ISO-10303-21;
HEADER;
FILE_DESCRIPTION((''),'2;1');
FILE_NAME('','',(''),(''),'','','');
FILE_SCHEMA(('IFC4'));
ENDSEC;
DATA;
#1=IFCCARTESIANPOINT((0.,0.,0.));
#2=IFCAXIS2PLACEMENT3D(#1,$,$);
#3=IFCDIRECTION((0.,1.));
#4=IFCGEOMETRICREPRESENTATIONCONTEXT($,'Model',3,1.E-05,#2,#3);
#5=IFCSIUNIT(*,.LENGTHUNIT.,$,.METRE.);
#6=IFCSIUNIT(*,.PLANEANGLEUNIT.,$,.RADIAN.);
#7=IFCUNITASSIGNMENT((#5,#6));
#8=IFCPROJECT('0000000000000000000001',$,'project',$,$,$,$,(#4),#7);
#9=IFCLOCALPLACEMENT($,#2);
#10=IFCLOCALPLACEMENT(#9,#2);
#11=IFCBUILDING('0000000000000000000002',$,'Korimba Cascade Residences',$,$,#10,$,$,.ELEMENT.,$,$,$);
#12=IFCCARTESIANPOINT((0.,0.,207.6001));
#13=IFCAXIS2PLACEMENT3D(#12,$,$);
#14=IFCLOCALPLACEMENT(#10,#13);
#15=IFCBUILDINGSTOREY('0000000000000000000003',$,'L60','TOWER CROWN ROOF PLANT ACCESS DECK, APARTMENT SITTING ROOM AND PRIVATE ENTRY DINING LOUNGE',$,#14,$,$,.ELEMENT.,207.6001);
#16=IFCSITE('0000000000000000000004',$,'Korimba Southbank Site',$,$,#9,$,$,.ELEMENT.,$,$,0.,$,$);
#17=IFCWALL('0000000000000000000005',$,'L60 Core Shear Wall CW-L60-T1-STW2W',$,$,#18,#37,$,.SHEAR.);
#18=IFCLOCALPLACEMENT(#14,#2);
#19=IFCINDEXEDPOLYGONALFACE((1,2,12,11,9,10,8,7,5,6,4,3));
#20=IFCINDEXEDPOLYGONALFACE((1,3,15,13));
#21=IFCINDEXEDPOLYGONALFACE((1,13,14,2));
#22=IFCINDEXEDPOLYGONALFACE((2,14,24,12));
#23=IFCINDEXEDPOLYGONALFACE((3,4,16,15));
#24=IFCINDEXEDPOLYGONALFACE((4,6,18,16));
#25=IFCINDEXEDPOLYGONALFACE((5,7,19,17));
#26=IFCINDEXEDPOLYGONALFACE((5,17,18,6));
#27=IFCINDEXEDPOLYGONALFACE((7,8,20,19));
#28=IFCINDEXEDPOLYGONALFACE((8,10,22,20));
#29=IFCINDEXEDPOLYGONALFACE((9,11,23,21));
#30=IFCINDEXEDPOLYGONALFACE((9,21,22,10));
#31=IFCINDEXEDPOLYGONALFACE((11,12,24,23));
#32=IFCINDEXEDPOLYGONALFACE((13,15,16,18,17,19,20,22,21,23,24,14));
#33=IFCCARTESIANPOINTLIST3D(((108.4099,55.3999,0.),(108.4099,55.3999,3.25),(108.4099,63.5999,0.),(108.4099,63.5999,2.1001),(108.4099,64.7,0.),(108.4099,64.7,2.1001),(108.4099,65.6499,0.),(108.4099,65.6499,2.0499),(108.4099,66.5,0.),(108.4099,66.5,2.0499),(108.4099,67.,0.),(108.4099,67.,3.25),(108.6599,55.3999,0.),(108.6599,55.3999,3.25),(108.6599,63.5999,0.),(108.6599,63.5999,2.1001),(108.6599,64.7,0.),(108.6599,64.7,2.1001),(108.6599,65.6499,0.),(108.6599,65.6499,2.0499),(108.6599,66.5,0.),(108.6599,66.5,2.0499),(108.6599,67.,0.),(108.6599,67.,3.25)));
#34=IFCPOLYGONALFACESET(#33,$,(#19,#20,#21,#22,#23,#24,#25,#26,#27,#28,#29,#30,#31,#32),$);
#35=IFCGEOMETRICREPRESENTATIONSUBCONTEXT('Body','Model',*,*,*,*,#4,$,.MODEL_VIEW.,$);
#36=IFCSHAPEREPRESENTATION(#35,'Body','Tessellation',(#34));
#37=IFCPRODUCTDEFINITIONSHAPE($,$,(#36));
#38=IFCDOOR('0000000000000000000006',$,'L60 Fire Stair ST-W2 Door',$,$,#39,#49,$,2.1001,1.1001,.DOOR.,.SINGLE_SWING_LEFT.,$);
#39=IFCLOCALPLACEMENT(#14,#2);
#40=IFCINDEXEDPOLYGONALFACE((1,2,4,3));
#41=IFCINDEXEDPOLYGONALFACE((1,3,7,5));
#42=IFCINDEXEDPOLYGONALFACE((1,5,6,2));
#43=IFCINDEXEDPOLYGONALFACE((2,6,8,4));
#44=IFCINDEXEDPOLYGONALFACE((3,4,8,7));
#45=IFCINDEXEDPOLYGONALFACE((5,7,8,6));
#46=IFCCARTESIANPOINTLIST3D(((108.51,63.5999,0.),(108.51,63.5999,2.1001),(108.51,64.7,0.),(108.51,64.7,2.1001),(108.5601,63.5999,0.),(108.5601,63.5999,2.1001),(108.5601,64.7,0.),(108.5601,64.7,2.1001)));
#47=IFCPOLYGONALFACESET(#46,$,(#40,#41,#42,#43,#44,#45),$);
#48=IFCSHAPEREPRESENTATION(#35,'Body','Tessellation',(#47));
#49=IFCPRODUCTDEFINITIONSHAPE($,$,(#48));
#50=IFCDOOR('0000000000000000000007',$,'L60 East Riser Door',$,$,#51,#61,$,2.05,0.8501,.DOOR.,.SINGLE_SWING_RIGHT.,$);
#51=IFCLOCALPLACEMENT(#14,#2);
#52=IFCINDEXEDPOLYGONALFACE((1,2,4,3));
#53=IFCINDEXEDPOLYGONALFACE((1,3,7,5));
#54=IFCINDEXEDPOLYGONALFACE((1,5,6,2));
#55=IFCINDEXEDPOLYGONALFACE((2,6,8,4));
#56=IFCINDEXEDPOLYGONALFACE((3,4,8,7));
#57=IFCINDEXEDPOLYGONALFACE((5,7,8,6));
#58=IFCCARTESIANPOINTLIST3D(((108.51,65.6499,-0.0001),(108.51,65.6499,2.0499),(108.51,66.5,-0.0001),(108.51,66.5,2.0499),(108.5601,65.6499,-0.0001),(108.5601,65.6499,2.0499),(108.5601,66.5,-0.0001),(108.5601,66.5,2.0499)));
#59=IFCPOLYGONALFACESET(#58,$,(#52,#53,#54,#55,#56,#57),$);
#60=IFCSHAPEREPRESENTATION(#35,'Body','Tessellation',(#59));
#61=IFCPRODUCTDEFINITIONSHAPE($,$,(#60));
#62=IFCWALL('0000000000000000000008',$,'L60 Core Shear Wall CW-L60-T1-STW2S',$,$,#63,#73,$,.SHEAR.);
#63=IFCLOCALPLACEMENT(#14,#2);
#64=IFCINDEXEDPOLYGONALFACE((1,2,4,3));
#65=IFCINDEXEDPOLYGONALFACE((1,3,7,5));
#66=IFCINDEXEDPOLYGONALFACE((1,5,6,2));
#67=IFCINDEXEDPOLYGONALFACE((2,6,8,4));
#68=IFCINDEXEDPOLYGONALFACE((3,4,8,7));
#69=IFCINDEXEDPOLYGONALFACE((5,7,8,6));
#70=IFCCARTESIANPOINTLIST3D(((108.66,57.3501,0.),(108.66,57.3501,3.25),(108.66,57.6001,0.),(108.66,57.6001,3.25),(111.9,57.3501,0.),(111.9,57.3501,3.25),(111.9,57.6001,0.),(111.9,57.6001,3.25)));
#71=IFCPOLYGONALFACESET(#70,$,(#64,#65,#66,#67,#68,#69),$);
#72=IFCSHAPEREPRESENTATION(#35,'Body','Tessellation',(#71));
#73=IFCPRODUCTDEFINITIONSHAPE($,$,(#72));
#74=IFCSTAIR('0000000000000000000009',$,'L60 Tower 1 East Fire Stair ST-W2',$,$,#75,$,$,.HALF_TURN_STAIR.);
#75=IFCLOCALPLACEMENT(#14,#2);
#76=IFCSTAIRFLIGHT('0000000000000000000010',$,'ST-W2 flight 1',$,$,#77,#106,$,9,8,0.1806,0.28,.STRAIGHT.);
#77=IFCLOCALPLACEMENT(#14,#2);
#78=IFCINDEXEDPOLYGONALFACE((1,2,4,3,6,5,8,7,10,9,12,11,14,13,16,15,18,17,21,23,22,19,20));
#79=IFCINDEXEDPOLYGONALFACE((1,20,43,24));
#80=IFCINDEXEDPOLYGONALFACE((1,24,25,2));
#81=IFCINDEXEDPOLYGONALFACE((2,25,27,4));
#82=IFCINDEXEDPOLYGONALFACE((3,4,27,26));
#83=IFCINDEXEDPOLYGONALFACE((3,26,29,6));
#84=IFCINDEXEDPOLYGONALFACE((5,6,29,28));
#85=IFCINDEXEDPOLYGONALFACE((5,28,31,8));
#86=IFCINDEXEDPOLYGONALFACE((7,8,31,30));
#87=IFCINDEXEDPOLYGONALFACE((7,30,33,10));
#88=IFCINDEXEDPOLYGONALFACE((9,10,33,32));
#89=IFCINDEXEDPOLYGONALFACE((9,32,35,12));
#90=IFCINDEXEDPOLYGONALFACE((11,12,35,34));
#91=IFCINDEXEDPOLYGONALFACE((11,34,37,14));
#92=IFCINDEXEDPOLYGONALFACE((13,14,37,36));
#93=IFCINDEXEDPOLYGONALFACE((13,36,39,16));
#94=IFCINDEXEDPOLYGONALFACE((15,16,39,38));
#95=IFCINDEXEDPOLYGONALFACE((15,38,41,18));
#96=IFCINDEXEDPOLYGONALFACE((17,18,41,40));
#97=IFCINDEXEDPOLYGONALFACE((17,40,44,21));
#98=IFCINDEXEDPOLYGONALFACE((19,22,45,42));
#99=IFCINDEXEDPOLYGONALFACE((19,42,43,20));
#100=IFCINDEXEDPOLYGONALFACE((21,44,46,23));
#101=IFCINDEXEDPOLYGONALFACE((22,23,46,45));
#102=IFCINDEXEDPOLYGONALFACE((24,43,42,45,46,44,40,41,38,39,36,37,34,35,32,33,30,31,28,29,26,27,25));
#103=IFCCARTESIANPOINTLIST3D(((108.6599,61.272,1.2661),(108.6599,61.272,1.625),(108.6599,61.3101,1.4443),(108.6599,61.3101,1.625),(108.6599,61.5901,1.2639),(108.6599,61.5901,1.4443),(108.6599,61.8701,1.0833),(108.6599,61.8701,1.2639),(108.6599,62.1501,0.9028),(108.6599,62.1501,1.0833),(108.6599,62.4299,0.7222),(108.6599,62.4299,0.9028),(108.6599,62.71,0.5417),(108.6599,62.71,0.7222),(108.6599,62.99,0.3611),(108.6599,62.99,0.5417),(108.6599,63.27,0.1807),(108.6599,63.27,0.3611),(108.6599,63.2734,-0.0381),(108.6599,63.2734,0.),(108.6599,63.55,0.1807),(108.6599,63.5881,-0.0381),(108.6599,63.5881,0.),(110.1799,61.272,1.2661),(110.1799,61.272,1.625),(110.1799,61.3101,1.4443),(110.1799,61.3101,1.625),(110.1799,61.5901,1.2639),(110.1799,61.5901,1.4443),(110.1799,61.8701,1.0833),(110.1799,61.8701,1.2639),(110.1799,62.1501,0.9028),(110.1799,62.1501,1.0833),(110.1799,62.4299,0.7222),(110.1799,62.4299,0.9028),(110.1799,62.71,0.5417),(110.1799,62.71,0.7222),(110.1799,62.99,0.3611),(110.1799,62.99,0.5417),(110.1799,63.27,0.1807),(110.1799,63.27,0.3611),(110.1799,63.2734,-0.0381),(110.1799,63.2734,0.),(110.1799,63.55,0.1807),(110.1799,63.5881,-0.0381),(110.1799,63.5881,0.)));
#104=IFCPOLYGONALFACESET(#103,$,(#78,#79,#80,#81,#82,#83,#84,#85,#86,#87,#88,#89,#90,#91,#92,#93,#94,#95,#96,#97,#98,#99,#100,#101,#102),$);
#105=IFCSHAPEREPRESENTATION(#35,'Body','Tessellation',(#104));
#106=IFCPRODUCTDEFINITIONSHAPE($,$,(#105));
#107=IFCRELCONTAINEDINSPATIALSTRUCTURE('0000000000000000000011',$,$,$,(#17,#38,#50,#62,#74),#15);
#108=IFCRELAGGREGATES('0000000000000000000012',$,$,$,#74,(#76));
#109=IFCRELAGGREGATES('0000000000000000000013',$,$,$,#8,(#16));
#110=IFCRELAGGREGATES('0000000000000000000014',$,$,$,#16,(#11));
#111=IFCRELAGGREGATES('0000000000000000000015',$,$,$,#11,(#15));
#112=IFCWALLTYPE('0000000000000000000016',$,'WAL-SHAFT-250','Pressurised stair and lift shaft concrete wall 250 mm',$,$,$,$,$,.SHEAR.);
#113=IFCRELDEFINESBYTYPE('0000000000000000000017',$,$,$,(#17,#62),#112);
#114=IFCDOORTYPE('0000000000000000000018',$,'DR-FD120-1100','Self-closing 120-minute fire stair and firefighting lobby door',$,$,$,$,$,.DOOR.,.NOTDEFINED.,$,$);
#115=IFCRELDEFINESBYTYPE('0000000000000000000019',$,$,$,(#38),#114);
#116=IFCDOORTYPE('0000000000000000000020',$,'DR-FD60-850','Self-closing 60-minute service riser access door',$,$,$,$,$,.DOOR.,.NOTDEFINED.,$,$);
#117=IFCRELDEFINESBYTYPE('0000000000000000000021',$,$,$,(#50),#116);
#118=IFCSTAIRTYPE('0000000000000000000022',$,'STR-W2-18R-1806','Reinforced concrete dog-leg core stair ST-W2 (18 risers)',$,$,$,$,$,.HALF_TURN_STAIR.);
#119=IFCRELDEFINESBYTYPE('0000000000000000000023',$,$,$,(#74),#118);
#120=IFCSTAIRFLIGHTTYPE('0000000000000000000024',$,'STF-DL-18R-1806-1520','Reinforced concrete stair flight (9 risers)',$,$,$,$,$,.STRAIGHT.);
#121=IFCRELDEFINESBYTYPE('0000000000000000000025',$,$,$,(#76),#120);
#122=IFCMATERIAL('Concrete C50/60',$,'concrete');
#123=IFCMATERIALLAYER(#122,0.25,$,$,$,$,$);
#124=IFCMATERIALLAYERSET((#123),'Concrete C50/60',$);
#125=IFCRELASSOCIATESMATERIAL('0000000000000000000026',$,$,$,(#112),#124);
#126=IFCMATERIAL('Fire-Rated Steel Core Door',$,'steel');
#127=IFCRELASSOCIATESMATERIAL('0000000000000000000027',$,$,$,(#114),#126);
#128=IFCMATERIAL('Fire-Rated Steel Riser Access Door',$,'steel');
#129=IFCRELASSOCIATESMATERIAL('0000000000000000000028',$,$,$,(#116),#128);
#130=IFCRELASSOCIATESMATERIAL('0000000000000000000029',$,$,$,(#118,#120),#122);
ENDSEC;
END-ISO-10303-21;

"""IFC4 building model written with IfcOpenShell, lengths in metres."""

from ifc_helpers import new_model, si_unit, direction, frame, frame_2d, origin, place, context, subcontext, project, spatial, polyline, rectangle, outline, extrude, material, layer, layer_set, type_object, element, fill, aggregate, save


model = new_model("IFC4")

# Units and contexts
model_context = context("Model", 3, precision=1e-05, world=origin(), true_north=direction((0.0, 1.0)))
body_context = subcontext(model_context, "Body", "Model", "MODEL_VIEW")
ifc_project = project(units=[si_unit("LENGTHUNIT", "METRE"), si_unit("PLANEANGLEUNIT", "RADIAN")], contexts=[model_context])

# Site, building, storey
site_placement = place(None, origin())
site = spatial("IfcSite", under=ifc_project, at=site_placement, Name="Korimba Southbank Site", CompositionType="ELEMENT", RefElevation=0.0)
building_placement = place(site_placement, origin())
building = spatial("IfcBuilding", under=site, at=building_placement, Name="Korimba Cascade Residences", CompositionType="ELEMENT")
storey_placement = place(building_placement, frame((0.0, 0.0, 207.6001)))
storey = spatial("IfcBuildingStorey", under=building, at=storey_placement, Name="L60", Description="TOWER CROWN ROOF PLANT ACCESS DECK, APARTMENT SITTING ROOM AND PRIVATE ENTRY DINING LOUNGE", CompositionType="ELEMENT", Elevation=207.6001)

# Shared definitions
ifc_material_1 = material(Name="Concrete C50/60", Category="concrete")
ifc_layer_1 = layer(ifc_material_1, 0.25)
ifc_layer_set_1 = layer_set([ifc_layer_1], Name="Concrete C50/60")
wall_type_1 = type_object("IfcWallType", Name="WAL-SHAFT-250", Description="Pressurised stair and lift shaft concrete wall 250 mm", PredefinedType="SHEAR", material=ifc_layer_set_1)

# Shared definitions
ifc_material_2 = material(Name="Fire-Rated Steel Core Door", Category="steel")
door_type_1 = type_object("IfcDoorType", Name="DR-FD120-1100", Description="Self-closing 120-minute fire stair and firefighting lobby door", OperationType="NOTDEFINED", PredefinedType="DOOR", material=ifc_material_2)

# Wall, openings, doors
wall_1_placement = place(storey_placement, frame((108.5349, 55.3999, 0.0), z_axis=(0.0, 0.0, 1.0), x_axis=(0.0, 1.0, 0.0)))
wall_1 = element("IfcWall", 1, at=wall_1_placement, inside=storey, type_object=wall_type_1, Name="L60 Core Shear Wall CW-L60-T1-STW2W", PredefinedType="SHEAR", context=body_context, shape_type="SweptSolid", body=[
    extrude(rectangle(XDim=11.6001, YDim=0.25, at=frame_2d((5.8, 0.0))), origin(), (0.0, 0.0, 1.0), 3.25),
])
opening_1_placement = place(wall_1_placement, frame((8.2, 0.0, 0.0)))
opening_1 = element("IfcOpeningElement", 2, at=opening_1_placement, cuts=wall_1, PredefinedType="OPENING", context=body_context, shape_type="SweptSolid", body=[
    extrude(rectangle(XDim=1.1001, YDim=2.1001, at=frame_2d((0.55, 1.05))), frame((0.0, 0.135, 0.0), z_axis=(0.0, -1.0, 0.0), x_axis=(1.0, 0.0, 0.0)), (0.0, 0.0, 1.0), 0.27),
])
opening_2_placement = place(wall_1_placement, frame((10.25, 0.0, 0.0)))
opening_2 = element("IfcOpeningElement", 3, at=opening_2_placement, cuts=wall_1, PredefinedType="OPENING", context=body_context, shape_type="SweptSolid", body=[
    extrude(rectangle(XDim=0.8501, YDim=2.05, at=frame_2d((0.425, 1.0249))), frame((0.0, 0.135, 0.0), z_axis=(0.0, -1.0, 0.0), x_axis=(1.0, 0.0, 0.0)), (0.0, 0.0, 1.0), 0.27),
])
door_1_placement = place(opening_1_placement, origin())
door_1 = element("IfcDoor", 4, at=door_1_placement, inside=storey, type_object=door_type_1, Name="L60 Fire Stair ST-W2 Door", OperationType="SINGLE_SWING_LEFT", OverallHeight=2.1001, OverallWidth=1.1001, PredefinedType="DOOR", context=body_context, shape_type="SweptSolid", body=[
    extrude(rectangle(XDim=1.1001, YDim=2.1001, at=frame_2d((0.55, 1.05))), frame((0.0, 0.0249, 0.0), z_axis=(0.0, -1.0, 0.0), x_axis=(1.0, 0.0, 0.0)), (0.0, 0.0, 1.0), 0.05),
])
fill(opening_1, door_1)
ifc_material_3 = material(Name="Fire-Rated Steel Riser Access Door", Category="steel")
door_type_2 = type_object("IfcDoorType", Name="DR-FD60-850", Description="Self-closing 60-minute service riser access door", OperationType="NOTDEFINED", PredefinedType="DOOR", material=ifc_material_3)
door_2_placement = place(opening_2_placement, origin())
door_2 = element("IfcDoor", 5, at=door_2_placement, inside=storey, type_object=door_type_2, Name="L60 East Riser Door", OperationType="SINGLE_SWING_RIGHT", OverallHeight=2.05, OverallWidth=0.8501, PredefinedType="DOOR", context=body_context, shape_type="SweptSolid", body=[
    extrude(rectangle(XDim=0.8501, YDim=2.05, at=frame_2d((0.425, 1.0249))), frame((0.0, 0.0249, 0.0), z_axis=(0.0, -1.0, 0.0), x_axis=(1.0, 0.0, 0.0)), (0.0, 0.0, 1.0), 0.05),
])
fill(opening_2, door_2)

# Wall
wall_2_placement = place(storey_placement, frame((108.6599, 57.4751, 0.0), z_axis=(0.0, 0.0, 1.0), x_axis=(1.0, 0.0, 0.0)))
element("IfcWall", 6, at=wall_2_placement, inside=storey, type_object=wall_type_1, Name="L60 Core Shear Wall CW-L60-T1-STW2S", PredefinedType="SHEAR", context=body_context, shape_type="SweptSolid", body=[
    extrude(rectangle(XDim=3.24, YDim=0.25, at=frame_2d((1.6201, 0.0))), origin(), (0.0, 0.0, 1.0), 3.25),
])

# Stair, stair flight
stair_type = type_object("IfcStairType", Name="STR-W2-18R-1806", Description="Reinforced concrete dog-leg core stair ST-W2 (18 risers)", PredefinedType="HALF_TURN_STAIR", material=ifc_material_1)
stair_placement = place(storey_placement, origin())
stair = element("IfcStair", 7, at=stair_placement, inside=storey, type_object=stair_type, Name="L60 Tower 1 East Fire Stair ST-W2", PredefinedType="HALF_TURN_STAIR")
stair_flight_type = type_object("IfcStairFlightType", Name="STF-DL-18R-1806-1520", Description="Reinforced concrete stair flight (9 risers)", PredefinedType="STRAIGHT", material=ifc_material_1)
stair_flight_placement = place(storey_placement, frame((109.4199, 63.55, 0.0), z_axis=(0.0, 0.0, 1.0), x_axis=(0.0, -1.0, 0.0)))
stair_flight = element("IfcStairFlight", 8, at=stair_flight_placement, type_object=stair_flight_type, Name="ST-W2 flight 1", NumberOfRisers=9, NumberOfTreads=8, PredefinedType="STRAIGHT", RiserHeight=0.1806, TreadLength=0.28, context=body_context, shape_type="SweptSolid", body=[
    extrude(outline(polyline([(-0.0381, 0.0), (0.0, 0.1807), (0.28, 0.1807), (0.28, 0.3611), (0.5601, 0.3611), (0.5601, 0.5417), (0.8401, 0.5417), (0.8401, 0.7222), (1.1201, 0.7222), (1.1201, 0.9028), (1.3999, 0.9028), (1.3999, 1.0833), (1.6799, 1.0833), (1.6799, 1.2639), (1.96, 1.2639), (1.96, 1.4443), (2.24, 1.4443), (2.24, 1.625), (2.2781, 1.625), (2.2781, 1.2661), (0.2766, 0.0), (0.2766, -0.0381), (-0.0381, -0.0381), (-0.0381, 0.0)])), frame((0.0, 0.76, 0.0), z_axis=(0.0, -1.0, 0.0), x_axis=(1.0, 0.0, 0.0)), (0.0, 0.0, 1.0), 1.52),
])
aggregate(stair, [stair_flight])

save(model, "model.ifc")
